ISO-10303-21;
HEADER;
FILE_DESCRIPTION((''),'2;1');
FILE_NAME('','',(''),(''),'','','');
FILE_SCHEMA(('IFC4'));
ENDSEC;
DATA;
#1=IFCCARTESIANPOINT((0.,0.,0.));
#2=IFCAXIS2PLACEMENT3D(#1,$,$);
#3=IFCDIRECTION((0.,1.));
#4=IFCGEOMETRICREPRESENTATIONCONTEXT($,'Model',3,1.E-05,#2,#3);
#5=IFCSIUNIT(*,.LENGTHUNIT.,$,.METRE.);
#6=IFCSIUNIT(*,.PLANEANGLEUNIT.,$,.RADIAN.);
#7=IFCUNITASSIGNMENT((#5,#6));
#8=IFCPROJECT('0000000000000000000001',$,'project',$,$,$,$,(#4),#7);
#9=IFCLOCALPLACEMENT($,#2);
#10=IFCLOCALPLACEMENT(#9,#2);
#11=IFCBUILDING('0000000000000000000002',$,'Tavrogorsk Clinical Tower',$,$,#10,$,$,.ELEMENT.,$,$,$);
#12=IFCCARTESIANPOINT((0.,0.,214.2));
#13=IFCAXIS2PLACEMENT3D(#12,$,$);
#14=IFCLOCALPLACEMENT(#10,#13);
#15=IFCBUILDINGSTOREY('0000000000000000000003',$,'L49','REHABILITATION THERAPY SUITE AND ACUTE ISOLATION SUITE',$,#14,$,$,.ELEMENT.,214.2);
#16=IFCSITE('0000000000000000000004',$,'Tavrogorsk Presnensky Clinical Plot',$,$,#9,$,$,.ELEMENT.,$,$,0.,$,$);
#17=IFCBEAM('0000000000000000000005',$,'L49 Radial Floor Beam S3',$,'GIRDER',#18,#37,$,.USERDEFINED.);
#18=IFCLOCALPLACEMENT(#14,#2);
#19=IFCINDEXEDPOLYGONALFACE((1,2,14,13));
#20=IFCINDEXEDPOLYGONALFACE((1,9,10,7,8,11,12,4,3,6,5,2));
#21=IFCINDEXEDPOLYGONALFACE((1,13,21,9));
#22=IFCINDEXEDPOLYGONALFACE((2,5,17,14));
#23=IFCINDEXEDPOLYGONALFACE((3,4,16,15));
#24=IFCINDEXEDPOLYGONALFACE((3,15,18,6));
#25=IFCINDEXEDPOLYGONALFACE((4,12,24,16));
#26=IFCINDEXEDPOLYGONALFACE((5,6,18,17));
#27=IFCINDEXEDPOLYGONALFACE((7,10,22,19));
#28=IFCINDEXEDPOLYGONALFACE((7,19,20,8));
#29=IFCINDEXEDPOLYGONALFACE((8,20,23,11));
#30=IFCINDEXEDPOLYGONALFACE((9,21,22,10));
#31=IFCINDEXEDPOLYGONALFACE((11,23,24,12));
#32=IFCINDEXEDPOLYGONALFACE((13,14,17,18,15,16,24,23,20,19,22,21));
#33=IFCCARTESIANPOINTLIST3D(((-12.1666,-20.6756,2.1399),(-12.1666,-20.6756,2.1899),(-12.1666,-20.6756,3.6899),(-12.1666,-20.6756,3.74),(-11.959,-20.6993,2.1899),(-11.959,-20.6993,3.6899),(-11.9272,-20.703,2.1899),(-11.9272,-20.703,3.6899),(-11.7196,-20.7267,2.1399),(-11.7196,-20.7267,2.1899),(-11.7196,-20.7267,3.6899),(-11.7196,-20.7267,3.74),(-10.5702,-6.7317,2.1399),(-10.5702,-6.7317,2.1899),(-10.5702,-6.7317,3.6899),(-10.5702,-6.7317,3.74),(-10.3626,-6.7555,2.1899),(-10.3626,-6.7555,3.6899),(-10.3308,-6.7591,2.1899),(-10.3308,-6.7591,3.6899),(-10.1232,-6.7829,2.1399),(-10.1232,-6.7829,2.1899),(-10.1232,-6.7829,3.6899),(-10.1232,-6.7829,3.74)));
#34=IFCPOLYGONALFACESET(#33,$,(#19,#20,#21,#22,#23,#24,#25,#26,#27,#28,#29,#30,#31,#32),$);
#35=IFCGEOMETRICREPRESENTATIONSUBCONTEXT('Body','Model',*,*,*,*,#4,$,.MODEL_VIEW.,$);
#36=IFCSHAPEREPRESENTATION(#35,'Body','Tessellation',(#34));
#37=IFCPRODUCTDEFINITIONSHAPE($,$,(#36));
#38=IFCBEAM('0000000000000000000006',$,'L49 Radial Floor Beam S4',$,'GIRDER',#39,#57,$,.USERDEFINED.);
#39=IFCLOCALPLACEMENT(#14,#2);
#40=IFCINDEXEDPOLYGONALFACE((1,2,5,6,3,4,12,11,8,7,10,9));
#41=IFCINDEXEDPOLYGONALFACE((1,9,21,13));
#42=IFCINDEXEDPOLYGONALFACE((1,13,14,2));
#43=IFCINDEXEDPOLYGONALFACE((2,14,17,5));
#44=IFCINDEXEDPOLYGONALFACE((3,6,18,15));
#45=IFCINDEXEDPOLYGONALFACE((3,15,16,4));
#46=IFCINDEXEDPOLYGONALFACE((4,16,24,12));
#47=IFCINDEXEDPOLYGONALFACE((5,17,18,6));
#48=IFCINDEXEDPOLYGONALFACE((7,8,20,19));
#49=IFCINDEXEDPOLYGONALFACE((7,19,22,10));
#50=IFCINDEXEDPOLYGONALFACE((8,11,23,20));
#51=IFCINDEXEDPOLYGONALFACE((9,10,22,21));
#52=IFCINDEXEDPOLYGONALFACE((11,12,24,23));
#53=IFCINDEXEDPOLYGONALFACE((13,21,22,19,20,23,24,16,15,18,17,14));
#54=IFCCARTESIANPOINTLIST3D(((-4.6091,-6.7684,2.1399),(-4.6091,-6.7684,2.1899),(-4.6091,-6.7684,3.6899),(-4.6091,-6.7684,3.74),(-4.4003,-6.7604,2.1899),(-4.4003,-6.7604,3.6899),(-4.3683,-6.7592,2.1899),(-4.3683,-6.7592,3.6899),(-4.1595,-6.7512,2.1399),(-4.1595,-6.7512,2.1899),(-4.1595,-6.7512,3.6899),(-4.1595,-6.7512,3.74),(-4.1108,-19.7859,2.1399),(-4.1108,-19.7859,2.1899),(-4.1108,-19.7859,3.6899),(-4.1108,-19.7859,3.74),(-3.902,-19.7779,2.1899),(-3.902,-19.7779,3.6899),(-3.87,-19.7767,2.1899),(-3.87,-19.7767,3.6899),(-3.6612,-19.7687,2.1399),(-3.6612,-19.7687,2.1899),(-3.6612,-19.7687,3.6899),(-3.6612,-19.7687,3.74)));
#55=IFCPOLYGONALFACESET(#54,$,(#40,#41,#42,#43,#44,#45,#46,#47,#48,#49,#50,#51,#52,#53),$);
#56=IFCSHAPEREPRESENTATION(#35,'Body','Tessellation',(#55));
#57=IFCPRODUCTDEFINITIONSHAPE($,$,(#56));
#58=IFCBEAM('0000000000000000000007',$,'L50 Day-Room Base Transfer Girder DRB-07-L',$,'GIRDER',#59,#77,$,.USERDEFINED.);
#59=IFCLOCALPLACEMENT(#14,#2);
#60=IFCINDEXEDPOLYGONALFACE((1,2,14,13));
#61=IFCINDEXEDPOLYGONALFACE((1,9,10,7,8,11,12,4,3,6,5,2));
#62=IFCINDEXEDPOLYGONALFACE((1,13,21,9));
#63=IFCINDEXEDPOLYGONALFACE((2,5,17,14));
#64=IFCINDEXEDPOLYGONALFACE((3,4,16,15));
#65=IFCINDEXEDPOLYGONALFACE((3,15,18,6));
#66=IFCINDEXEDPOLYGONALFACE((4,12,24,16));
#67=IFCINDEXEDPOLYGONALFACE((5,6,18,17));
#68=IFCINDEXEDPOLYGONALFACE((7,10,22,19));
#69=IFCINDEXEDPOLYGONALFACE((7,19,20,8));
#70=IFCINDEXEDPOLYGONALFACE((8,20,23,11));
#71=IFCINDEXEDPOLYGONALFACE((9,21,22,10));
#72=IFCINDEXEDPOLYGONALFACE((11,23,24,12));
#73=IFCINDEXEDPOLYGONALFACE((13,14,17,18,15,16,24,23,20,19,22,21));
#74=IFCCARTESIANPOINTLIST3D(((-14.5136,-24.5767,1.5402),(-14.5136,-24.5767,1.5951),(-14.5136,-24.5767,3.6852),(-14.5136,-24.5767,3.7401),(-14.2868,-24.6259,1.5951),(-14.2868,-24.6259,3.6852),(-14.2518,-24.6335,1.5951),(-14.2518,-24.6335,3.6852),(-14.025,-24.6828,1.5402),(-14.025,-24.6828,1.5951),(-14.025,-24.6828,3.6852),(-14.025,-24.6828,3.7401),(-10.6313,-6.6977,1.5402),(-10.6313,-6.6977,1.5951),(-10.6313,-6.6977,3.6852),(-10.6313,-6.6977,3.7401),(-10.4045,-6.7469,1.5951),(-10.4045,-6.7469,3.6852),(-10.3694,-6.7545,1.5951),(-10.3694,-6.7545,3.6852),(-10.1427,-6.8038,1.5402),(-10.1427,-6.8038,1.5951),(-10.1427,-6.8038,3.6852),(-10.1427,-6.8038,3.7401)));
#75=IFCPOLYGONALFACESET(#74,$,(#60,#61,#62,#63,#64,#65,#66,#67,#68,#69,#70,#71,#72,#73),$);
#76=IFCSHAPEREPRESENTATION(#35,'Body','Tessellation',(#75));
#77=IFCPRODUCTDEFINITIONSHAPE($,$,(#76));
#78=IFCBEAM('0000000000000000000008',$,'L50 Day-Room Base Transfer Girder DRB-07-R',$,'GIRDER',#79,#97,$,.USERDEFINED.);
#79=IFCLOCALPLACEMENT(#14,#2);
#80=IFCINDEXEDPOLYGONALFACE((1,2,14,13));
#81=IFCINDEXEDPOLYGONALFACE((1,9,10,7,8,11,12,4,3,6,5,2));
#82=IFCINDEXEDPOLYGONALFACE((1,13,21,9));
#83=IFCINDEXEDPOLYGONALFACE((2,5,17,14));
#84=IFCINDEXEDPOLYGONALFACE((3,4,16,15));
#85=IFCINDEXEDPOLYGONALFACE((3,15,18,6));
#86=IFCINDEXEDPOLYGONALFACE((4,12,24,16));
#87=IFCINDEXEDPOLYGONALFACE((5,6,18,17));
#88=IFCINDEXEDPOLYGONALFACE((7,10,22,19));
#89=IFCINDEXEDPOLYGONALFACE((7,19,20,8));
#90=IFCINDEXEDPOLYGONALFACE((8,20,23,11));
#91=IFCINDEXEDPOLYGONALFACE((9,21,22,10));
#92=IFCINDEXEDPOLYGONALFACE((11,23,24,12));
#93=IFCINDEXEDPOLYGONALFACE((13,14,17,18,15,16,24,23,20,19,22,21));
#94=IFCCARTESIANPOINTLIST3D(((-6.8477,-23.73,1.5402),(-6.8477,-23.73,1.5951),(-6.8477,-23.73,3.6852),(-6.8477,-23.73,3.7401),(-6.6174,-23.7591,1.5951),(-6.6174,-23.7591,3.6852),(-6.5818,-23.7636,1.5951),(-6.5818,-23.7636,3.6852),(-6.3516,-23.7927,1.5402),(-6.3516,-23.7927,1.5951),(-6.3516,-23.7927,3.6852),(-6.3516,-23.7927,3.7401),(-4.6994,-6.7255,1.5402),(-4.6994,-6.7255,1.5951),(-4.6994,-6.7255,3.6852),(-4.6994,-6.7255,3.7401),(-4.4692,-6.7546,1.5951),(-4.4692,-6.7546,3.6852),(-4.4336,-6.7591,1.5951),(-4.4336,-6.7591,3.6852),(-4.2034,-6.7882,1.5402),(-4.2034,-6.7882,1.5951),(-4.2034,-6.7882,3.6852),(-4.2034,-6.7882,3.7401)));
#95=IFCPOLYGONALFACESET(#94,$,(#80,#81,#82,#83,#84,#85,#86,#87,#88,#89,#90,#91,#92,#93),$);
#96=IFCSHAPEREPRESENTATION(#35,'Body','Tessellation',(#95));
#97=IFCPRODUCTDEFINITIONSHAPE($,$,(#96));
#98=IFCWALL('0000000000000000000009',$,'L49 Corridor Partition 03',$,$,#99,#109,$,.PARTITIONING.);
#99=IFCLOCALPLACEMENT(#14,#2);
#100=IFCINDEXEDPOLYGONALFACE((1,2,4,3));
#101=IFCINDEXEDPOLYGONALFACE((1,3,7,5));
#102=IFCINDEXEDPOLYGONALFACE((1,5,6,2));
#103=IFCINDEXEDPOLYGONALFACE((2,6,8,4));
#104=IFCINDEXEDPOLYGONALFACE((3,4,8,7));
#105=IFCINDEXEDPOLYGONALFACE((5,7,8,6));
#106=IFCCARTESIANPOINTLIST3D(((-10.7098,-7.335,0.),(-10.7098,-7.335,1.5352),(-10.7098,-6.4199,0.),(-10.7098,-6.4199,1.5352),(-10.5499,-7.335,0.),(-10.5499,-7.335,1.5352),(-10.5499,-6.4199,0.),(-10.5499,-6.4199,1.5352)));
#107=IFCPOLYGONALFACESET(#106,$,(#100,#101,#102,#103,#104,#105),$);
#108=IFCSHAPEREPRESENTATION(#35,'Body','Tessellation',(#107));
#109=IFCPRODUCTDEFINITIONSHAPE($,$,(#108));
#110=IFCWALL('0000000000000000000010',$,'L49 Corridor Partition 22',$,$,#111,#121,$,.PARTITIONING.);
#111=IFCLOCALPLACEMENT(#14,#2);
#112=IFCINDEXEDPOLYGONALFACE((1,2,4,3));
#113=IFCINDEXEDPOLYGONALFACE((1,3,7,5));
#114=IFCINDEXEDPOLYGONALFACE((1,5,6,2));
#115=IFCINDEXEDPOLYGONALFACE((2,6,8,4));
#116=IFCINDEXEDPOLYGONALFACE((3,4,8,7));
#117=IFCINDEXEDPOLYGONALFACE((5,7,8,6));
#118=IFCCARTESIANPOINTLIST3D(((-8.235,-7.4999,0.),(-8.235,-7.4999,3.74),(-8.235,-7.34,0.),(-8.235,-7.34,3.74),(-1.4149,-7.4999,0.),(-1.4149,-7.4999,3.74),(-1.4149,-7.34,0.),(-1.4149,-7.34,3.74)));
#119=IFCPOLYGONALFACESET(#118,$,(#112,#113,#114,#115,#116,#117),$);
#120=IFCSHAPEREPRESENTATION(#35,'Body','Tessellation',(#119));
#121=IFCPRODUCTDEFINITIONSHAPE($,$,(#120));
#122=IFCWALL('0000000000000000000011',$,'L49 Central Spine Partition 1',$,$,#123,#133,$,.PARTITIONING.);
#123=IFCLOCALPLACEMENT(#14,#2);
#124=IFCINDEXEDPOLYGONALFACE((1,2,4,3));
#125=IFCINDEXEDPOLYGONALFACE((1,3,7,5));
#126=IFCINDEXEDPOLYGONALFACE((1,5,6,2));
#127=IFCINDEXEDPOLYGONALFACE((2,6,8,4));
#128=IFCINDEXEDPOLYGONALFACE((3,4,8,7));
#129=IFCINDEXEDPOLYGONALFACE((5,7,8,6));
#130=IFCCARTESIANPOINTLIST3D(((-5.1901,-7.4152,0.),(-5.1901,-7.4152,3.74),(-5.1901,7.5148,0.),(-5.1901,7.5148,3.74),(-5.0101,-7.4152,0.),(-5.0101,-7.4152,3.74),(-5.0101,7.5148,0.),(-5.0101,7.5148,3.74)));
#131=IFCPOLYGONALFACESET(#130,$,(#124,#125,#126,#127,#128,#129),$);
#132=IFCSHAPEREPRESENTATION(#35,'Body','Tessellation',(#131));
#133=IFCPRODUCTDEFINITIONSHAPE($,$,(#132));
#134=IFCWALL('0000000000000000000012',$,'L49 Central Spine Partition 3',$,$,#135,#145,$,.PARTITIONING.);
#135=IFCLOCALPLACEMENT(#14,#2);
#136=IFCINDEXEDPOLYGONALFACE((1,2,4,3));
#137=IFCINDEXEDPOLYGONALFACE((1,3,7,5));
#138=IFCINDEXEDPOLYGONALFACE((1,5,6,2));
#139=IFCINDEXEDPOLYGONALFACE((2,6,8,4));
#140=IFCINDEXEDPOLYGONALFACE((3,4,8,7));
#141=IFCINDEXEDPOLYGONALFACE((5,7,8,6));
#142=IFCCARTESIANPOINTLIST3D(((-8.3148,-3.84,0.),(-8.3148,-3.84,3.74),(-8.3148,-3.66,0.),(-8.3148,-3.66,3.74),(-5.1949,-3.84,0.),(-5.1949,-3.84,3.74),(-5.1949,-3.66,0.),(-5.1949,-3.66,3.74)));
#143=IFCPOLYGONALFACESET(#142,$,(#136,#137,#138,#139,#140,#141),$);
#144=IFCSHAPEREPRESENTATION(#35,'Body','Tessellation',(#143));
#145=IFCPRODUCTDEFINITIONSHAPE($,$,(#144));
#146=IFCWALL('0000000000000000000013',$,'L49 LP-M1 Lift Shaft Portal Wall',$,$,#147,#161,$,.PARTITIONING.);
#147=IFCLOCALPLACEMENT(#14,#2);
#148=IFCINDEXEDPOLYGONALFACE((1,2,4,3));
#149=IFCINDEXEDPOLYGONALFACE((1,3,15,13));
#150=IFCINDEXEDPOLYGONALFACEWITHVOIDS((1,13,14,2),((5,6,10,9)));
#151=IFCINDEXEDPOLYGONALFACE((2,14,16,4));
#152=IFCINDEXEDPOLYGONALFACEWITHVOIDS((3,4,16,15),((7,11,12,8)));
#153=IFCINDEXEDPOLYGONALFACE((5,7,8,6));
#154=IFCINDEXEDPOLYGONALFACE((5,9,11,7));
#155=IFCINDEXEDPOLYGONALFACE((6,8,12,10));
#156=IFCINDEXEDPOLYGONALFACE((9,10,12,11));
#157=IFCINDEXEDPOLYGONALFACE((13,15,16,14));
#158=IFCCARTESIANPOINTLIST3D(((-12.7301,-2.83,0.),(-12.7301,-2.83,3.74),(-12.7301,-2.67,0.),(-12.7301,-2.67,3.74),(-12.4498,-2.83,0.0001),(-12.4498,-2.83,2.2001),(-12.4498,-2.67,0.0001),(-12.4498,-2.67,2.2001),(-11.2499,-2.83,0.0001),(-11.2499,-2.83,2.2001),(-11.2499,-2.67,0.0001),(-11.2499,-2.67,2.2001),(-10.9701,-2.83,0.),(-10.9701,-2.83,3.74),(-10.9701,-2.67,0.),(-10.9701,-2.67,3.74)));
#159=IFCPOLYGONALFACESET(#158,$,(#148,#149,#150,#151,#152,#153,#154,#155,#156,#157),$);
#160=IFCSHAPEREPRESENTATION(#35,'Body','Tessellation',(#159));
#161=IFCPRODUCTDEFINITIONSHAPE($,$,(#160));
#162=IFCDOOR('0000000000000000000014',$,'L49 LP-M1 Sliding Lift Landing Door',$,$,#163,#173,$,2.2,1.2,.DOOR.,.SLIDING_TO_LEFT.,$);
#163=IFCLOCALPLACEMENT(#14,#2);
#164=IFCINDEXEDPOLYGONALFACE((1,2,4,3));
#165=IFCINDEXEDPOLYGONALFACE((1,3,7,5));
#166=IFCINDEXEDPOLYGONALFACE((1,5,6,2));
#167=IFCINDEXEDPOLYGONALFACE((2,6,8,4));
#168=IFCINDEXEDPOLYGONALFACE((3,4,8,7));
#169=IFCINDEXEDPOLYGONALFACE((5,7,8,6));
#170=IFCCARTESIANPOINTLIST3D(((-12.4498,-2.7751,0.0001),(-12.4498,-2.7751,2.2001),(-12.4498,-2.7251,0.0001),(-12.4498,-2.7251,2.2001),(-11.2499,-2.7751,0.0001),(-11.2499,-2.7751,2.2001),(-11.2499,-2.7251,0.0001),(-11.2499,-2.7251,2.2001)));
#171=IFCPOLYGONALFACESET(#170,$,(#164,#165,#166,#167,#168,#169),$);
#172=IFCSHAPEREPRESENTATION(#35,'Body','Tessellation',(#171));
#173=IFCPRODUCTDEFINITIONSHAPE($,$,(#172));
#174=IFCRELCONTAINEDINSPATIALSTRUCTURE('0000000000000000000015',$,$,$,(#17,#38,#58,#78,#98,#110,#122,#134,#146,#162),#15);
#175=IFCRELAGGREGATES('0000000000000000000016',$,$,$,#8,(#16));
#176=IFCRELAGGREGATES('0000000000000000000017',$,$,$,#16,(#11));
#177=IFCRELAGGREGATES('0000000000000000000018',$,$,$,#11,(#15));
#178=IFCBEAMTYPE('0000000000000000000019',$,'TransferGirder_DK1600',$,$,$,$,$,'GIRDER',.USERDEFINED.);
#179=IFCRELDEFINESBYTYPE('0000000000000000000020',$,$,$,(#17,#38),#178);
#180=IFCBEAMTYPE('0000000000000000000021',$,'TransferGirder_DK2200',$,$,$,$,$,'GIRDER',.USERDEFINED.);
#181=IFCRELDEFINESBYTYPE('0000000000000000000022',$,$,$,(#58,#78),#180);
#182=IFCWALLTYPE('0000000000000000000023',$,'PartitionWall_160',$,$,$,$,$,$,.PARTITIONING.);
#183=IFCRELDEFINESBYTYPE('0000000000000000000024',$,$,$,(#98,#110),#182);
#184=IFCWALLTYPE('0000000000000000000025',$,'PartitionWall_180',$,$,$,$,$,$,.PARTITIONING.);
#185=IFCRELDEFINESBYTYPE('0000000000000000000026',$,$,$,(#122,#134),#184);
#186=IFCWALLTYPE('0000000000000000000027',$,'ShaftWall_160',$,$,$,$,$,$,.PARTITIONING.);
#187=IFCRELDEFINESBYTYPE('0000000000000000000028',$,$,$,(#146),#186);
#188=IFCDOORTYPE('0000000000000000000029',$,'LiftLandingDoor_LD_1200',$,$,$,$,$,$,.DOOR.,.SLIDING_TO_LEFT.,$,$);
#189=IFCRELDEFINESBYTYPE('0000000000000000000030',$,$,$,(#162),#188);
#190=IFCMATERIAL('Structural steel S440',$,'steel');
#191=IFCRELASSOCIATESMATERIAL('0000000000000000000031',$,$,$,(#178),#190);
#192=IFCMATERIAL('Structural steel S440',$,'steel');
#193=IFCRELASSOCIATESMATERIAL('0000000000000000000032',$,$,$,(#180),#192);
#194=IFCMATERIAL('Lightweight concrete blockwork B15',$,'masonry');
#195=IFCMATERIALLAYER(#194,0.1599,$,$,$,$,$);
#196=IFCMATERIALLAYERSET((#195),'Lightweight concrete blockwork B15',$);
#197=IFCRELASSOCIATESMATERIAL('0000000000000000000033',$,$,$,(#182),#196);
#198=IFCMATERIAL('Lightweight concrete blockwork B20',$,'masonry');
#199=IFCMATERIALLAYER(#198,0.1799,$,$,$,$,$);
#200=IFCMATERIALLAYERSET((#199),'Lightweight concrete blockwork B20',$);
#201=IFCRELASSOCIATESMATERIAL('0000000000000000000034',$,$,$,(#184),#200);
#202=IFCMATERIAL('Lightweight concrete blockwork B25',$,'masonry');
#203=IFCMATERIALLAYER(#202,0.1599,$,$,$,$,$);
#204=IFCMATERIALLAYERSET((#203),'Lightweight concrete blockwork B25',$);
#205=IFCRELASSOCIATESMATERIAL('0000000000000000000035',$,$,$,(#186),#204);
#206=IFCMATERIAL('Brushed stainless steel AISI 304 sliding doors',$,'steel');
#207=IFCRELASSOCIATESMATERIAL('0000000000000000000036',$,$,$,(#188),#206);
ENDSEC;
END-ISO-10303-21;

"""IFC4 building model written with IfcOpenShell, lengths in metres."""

from ifc_helpers import new_model, si_unit, direction, frame, frame_2d, origin, origin_2d, place, context, subcontext, project, spatial, rectangle, i_section, extrude, material, layer, layer_set, material_profile, profile_set, type_object, element, fill, save


model = new_model("IFC4")

# Units and contexts
model_context = context("Model", 3, precision=1e-05, world=origin(), true_north=direction((0.0, 1.0)))
body_context = subcontext(model_context, "Body", "Model", "MODEL_VIEW")
ifc_project = project(units=[si_unit("LENGTHUNIT", "METRE"), si_unit("PLANEANGLEUNIT", "RADIAN")], contexts=[model_context])

# Site, building, storey
site_placement = place(None, origin())
site = spatial("IfcSite", under=ifc_project, at=site_placement, Name="Tavrogorsk Presnensky Clinical Plot", CompositionType="ELEMENT", RefElevation=0.0)
building_placement = place(site_placement, origin())
building = spatial("IfcBuilding", under=site, at=building_placement, Name="Tavrogorsk Clinical Tower", CompositionType="ELEMENT")
storey_placement = place(building_placement, frame((0.0, 0.0, 214.2)))
storey = spatial("IfcBuildingStorey", under=building, at=storey_placement, Name="L49", Description="REHABILITATION THERAPY SUITE AND ACUTE ISOLATION SUITE", CompositionType="ELEMENT", Elevation=214.2)

# Beams
ifc_material_1 = material(Name="Structural steel S440", Category="steel")
ifc_material_profile_1 = material_profile(ifc_material_1, i_section(OverallWidth=0.45, OverallDepth=1.6001, WebThickness=0.032, FlangeThickness=0.05, at=origin_2d()), Name="DK-1600x450x32x50")
ifc_profile_set_1 = profile_set([ifc_material_profile_1], Name="Structural steel S440")
beam_type_1 = type_object("IfcBeamType", Name="TransferGirder_DK1600", ElementType="GIRDER", PredefinedType="USERDEFINED", material=ifc_profile_set_1)
beam_1_placement = place(storey_placement, frame((-10.3467, -6.7573, 2.9399), z_axis=(-0.113747, -0.99351, 0.0), x_axis=(0.99351, -0.113747, 0.0)))
element("IfcBeam", 1, at=beam_1_placement, inside=storey, type_object=beam_type_1, Name="L49 Radial Floor Beam S3", ObjectType="GIRDER", PredefinedType="USERDEFINED", context=body_context, shape_type="SweptSolid", body=[
    extrude(i_section(OverallWidth=0.45, OverallDepth=1.6001, WebThickness=0.032, FlangeThickness=0.05, at=origin_2d()), origin(), (0.0, 0.0, 1.0), 14.0349),
])
beam_2_placement = place(storey_placement, frame((-4.3843, -6.7598, 2.9399), z_axis=(0.03825, -0.999268, 0.0), x_axis=(0.999268, 0.03825, 0.0)))
element("IfcBeam", 2, at=beam_2_placement, inside=storey, type_object=beam_type_1, Name="L49 Radial Floor Beam S4", ObjectType="GIRDER", PredefinedType="USERDEFINED", context=body_context, shape_type="SweptSolid", body=[
    extrude(i_section(OverallWidth=0.45, OverallDepth=1.6001, WebThickness=0.032, FlangeThickness=0.05, at=origin_2d()), origin(), (0.0, 0.0, 1.0), 13.0271),
])
ifc_material_2 = material(Name="Structural steel S440", Category="steel")
ifc_material_profile_2 = material_profile(ifc_material_2, i_section(OverallWidth=0.5, OverallDepth=2.2, WebThickness=0.0359, FlangeThickness=0.0549, at=origin_2d()), Name="DK-2200x500x36x55")
ifc_profile_set_2 = profile_set([ifc_material_profile_2], Name="Structural steel S440")
beam_type_2 = type_object("IfcBeamType", Name="TransferGirder_DK2200", ElementType="GIRDER", PredefinedType="USERDEFINED", material=ifc_profile_set_2)
beam_3_placement = place(storey_placement, frame((-10.387, -6.7507, 2.6401), z_axis=(-0.2122, -0.977226, 0.0), x_axis=(0.977226, -0.2122, 0.0)))
element("IfcBeam", 3, at=beam_3_placement, inside=storey, type_object=beam_type_2, Name="L50 Day-Room Base Transfer Girder DRB-07-L", ObjectType="GIRDER", PredefinedType="USERDEFINED", context=body_context, shape_type="SweptSolid", body=[
    extrude(i_section(OverallWidth=0.5, OverallDepth=2.2, WebThickness=0.0359, FlangeThickness=0.0549, at=origin_2d()), origin(), (0.0, 0.0, 1.0), 18.2957),
])
beam_4_placement = place(storey_placement, frame((-4.4514, -6.7568, 2.6401), z_axis=(-0.125335, -0.992114, 0.0), x_axis=(0.992114, -0.125335, 0.0)))
element("IfcBeam", 4, at=beam_4_placement, inside=storey, type_object=beam_type_2, Name="L50 Day-Room Base Transfer Girder DRB-07-R", ObjectType="GIRDER", PredefinedType="USERDEFINED", context=body_context, shape_type="SweptSolid", body=[
    extrude(i_section(OverallWidth=0.5, OverallDepth=2.2, WebThickness=0.0359, FlangeThickness=0.0549, at=origin_2d()), origin(), (0.0, 0.0, 1.0), 17.1396),
])

# Walls
ifc_material_3 = material(Name="Lightweight concrete blockwork B15", Category="masonry")
ifc_layer_1 = layer(ifc_material_3, 0.1599)
ifc_layer_set_1 = layer_set([ifc_layer_1], Name="Lightweight concrete blockwork B15")
wall_type_1 = type_object("IfcWallType", Name="PartitionWall_160", PredefinedType="PARTITIONING", material=ifc_layer_set_1)
wall_1_placement = place(storey_placement, frame((-10.6299, -7.335, 0.0), z_axis=(0.0, 0.0, 1.0), x_axis=(0.0, 1.0, 0.0)))
element("IfcWall", 5, at=wall_1_placement, inside=storey, type_object=wall_type_1, Name="L49 Corridor Partition 03", PredefinedType="PARTITIONING", context=body_context, shape_type="SweptSolid", body=[
    extrude(rectangle(XDim=0.915, YDim=0.1599, at=frame_2d((0.4575, 0.0))), origin(), (0.0, 0.0, 1.0), 1.5352),
])
wall_2_placement = place(storey_placement, frame((-8.2351, -7.4199, 0.0), z_axis=(0.0, 0.0, 1.0), x_axis=(1.0, 0.0, 0.0)))
element("IfcWall", 6, at=wall_2_placement, inside=storey, type_object=wall_type_1, Name="L49 Corridor Partition 22", PredefinedType="PARTITIONING", context=body_context, shape_type="SweptSolid", body=[
    extrude(rectangle(XDim=6.8201, YDim=0.1599, at=frame_2d((3.4102, 0.0))), origin(), (0.0, 0.0, 1.0), 3.74),
])
ifc_material_4 = material(Name="Lightweight concrete blockwork B20", Category="masonry")
ifc_layer_2 = layer(ifc_material_4, 0.1799)
ifc_layer_set_2 = layer_set([ifc_layer_2], Name="Lightweight concrete blockwork B20")
wall_type_2 = type_object("IfcWallType", Name="PartitionWall_180", PredefinedType="PARTITIONING", material=ifc_layer_set_2)
wall_3_placement = place(storey_placement, frame((-5.1001, -7.415, 0.0), z_axis=(0.0, 0.0, 1.0), x_axis=(0.0, 1.0, 0.0)))
element("IfcWall", 7, at=wall_3_placement, inside=storey, type_object=wall_type_2, Name="L49 Central Spine Partition 1", PredefinedType="PARTITIONING", context=body_context, shape_type="SweptSolid", body=[
    extrude(rectangle(XDim=14.9299, YDim=0.1799, at=frame_2d((7.4648, 0.0))), origin(), (0.0, 0.0, 1.0), 3.74),
])
wall_4_placement = place(storey_placement, frame((-8.3149, -3.75, 0.0), z_axis=(0.0, 0.0, 1.0), x_axis=(1.0, 0.0, 0.0)))
element("IfcWall", 8, at=wall_4_placement, inside=storey, type_object=wall_type_2, Name="L49 Central Spine Partition 3", PredefinedType="PARTITIONING", context=body_context, shape_type="SweptSolid", body=[
    extrude(rectangle(XDim=3.1199, YDim=0.1799, at=frame_2d((1.5601, 0.0))), origin(), (0.0, 0.0, 1.0), 3.74),
])

# Wall, opening, door
ifc_material_5 = material(Name="Lightweight concrete blockwork B25", Category="masonry")
ifc_layer_3 = layer(ifc_material_5, 0.1599)
ifc_layer_set_3 = layer_set([ifc_layer_3], Name="Lightweight concrete blockwork B25")
wall_type_3 = type_object("IfcWallType", Name="ShaftWall_160", PredefinedType="PARTITIONING", material=ifc_layer_set_3)
wall_5_placement = place(storey_placement, frame((-12.73, -2.75, 0.0), z_axis=(0.0, 0.0, 1.0), x_axis=(1.0, 0.0, 0.0)))
wall_5 = element("IfcWall", 9, at=wall_5_placement, inside=storey, type_object=wall_type_3, Name="L49 LP-M1 Lift Shaft Portal Wall", PredefinedType="PARTITIONING", context=body_context, shape_type="SweptSolid", body=[
    extrude(rectangle(XDim=1.76, YDim=0.1599, at=frame_2d((0.8799, 0.0))), origin(), (0.0, 0.0, 1.0), 3.74),
])
opening_placement = place(wall_5_placement, frame((0.28, 0.0, 0.0)))
opening = element("IfcOpeningElement", 10, at=opening_placement, cuts=wall_5, PredefinedType="OPENING", context=body_context, shape_type="SweptSolid", body=[
    extrude(rectangle(XDim=1.2, YDim=2.2, at=frame_2d((0.6001, 1.1001))), frame((0.0, 0.0898, 0.0), z_axis=(0.0, -1.0, 0.0), x_axis=(1.0, 0.0, 0.0)), (0.0, 0.0, 1.0), 0.1799),
])
ifc_material_6 = material(Name="Brushed stainless steel AISI 304 sliding doors", Category="steel")
door_type = type_object("IfcDoorType", Name="LiftLandingDoor_LD_1200", OperationType="SLIDING_TO_LEFT", PredefinedType="DOOR", material=ifc_material_6)
door_placement = place(opening_placement, origin())
door = element("IfcDoor", 11, at=door_placement, inside=storey, type_object=door_type, Name="L49 LP-M1 Sliding Lift Landing Door", OperationType="SLIDING_TO_LEFT", OverallHeight=2.2, OverallWidth=1.2, PredefinedType="DOOR", context=body_context, shape_type="SweptSolid", body=[
    extrude(rectangle(XDim=1.2, YDim=2.2, at=frame_2d((0.6001, 1.1001))), frame((0.0, 0.0249, 0.0), z_axis=(0.0, -1.0, 0.0), x_axis=(1.0, 0.0, 0.0)), (0.0, 0.0, 1.0), 0.05),
])
fill(opening, door)

save(model, "model.ifc")
